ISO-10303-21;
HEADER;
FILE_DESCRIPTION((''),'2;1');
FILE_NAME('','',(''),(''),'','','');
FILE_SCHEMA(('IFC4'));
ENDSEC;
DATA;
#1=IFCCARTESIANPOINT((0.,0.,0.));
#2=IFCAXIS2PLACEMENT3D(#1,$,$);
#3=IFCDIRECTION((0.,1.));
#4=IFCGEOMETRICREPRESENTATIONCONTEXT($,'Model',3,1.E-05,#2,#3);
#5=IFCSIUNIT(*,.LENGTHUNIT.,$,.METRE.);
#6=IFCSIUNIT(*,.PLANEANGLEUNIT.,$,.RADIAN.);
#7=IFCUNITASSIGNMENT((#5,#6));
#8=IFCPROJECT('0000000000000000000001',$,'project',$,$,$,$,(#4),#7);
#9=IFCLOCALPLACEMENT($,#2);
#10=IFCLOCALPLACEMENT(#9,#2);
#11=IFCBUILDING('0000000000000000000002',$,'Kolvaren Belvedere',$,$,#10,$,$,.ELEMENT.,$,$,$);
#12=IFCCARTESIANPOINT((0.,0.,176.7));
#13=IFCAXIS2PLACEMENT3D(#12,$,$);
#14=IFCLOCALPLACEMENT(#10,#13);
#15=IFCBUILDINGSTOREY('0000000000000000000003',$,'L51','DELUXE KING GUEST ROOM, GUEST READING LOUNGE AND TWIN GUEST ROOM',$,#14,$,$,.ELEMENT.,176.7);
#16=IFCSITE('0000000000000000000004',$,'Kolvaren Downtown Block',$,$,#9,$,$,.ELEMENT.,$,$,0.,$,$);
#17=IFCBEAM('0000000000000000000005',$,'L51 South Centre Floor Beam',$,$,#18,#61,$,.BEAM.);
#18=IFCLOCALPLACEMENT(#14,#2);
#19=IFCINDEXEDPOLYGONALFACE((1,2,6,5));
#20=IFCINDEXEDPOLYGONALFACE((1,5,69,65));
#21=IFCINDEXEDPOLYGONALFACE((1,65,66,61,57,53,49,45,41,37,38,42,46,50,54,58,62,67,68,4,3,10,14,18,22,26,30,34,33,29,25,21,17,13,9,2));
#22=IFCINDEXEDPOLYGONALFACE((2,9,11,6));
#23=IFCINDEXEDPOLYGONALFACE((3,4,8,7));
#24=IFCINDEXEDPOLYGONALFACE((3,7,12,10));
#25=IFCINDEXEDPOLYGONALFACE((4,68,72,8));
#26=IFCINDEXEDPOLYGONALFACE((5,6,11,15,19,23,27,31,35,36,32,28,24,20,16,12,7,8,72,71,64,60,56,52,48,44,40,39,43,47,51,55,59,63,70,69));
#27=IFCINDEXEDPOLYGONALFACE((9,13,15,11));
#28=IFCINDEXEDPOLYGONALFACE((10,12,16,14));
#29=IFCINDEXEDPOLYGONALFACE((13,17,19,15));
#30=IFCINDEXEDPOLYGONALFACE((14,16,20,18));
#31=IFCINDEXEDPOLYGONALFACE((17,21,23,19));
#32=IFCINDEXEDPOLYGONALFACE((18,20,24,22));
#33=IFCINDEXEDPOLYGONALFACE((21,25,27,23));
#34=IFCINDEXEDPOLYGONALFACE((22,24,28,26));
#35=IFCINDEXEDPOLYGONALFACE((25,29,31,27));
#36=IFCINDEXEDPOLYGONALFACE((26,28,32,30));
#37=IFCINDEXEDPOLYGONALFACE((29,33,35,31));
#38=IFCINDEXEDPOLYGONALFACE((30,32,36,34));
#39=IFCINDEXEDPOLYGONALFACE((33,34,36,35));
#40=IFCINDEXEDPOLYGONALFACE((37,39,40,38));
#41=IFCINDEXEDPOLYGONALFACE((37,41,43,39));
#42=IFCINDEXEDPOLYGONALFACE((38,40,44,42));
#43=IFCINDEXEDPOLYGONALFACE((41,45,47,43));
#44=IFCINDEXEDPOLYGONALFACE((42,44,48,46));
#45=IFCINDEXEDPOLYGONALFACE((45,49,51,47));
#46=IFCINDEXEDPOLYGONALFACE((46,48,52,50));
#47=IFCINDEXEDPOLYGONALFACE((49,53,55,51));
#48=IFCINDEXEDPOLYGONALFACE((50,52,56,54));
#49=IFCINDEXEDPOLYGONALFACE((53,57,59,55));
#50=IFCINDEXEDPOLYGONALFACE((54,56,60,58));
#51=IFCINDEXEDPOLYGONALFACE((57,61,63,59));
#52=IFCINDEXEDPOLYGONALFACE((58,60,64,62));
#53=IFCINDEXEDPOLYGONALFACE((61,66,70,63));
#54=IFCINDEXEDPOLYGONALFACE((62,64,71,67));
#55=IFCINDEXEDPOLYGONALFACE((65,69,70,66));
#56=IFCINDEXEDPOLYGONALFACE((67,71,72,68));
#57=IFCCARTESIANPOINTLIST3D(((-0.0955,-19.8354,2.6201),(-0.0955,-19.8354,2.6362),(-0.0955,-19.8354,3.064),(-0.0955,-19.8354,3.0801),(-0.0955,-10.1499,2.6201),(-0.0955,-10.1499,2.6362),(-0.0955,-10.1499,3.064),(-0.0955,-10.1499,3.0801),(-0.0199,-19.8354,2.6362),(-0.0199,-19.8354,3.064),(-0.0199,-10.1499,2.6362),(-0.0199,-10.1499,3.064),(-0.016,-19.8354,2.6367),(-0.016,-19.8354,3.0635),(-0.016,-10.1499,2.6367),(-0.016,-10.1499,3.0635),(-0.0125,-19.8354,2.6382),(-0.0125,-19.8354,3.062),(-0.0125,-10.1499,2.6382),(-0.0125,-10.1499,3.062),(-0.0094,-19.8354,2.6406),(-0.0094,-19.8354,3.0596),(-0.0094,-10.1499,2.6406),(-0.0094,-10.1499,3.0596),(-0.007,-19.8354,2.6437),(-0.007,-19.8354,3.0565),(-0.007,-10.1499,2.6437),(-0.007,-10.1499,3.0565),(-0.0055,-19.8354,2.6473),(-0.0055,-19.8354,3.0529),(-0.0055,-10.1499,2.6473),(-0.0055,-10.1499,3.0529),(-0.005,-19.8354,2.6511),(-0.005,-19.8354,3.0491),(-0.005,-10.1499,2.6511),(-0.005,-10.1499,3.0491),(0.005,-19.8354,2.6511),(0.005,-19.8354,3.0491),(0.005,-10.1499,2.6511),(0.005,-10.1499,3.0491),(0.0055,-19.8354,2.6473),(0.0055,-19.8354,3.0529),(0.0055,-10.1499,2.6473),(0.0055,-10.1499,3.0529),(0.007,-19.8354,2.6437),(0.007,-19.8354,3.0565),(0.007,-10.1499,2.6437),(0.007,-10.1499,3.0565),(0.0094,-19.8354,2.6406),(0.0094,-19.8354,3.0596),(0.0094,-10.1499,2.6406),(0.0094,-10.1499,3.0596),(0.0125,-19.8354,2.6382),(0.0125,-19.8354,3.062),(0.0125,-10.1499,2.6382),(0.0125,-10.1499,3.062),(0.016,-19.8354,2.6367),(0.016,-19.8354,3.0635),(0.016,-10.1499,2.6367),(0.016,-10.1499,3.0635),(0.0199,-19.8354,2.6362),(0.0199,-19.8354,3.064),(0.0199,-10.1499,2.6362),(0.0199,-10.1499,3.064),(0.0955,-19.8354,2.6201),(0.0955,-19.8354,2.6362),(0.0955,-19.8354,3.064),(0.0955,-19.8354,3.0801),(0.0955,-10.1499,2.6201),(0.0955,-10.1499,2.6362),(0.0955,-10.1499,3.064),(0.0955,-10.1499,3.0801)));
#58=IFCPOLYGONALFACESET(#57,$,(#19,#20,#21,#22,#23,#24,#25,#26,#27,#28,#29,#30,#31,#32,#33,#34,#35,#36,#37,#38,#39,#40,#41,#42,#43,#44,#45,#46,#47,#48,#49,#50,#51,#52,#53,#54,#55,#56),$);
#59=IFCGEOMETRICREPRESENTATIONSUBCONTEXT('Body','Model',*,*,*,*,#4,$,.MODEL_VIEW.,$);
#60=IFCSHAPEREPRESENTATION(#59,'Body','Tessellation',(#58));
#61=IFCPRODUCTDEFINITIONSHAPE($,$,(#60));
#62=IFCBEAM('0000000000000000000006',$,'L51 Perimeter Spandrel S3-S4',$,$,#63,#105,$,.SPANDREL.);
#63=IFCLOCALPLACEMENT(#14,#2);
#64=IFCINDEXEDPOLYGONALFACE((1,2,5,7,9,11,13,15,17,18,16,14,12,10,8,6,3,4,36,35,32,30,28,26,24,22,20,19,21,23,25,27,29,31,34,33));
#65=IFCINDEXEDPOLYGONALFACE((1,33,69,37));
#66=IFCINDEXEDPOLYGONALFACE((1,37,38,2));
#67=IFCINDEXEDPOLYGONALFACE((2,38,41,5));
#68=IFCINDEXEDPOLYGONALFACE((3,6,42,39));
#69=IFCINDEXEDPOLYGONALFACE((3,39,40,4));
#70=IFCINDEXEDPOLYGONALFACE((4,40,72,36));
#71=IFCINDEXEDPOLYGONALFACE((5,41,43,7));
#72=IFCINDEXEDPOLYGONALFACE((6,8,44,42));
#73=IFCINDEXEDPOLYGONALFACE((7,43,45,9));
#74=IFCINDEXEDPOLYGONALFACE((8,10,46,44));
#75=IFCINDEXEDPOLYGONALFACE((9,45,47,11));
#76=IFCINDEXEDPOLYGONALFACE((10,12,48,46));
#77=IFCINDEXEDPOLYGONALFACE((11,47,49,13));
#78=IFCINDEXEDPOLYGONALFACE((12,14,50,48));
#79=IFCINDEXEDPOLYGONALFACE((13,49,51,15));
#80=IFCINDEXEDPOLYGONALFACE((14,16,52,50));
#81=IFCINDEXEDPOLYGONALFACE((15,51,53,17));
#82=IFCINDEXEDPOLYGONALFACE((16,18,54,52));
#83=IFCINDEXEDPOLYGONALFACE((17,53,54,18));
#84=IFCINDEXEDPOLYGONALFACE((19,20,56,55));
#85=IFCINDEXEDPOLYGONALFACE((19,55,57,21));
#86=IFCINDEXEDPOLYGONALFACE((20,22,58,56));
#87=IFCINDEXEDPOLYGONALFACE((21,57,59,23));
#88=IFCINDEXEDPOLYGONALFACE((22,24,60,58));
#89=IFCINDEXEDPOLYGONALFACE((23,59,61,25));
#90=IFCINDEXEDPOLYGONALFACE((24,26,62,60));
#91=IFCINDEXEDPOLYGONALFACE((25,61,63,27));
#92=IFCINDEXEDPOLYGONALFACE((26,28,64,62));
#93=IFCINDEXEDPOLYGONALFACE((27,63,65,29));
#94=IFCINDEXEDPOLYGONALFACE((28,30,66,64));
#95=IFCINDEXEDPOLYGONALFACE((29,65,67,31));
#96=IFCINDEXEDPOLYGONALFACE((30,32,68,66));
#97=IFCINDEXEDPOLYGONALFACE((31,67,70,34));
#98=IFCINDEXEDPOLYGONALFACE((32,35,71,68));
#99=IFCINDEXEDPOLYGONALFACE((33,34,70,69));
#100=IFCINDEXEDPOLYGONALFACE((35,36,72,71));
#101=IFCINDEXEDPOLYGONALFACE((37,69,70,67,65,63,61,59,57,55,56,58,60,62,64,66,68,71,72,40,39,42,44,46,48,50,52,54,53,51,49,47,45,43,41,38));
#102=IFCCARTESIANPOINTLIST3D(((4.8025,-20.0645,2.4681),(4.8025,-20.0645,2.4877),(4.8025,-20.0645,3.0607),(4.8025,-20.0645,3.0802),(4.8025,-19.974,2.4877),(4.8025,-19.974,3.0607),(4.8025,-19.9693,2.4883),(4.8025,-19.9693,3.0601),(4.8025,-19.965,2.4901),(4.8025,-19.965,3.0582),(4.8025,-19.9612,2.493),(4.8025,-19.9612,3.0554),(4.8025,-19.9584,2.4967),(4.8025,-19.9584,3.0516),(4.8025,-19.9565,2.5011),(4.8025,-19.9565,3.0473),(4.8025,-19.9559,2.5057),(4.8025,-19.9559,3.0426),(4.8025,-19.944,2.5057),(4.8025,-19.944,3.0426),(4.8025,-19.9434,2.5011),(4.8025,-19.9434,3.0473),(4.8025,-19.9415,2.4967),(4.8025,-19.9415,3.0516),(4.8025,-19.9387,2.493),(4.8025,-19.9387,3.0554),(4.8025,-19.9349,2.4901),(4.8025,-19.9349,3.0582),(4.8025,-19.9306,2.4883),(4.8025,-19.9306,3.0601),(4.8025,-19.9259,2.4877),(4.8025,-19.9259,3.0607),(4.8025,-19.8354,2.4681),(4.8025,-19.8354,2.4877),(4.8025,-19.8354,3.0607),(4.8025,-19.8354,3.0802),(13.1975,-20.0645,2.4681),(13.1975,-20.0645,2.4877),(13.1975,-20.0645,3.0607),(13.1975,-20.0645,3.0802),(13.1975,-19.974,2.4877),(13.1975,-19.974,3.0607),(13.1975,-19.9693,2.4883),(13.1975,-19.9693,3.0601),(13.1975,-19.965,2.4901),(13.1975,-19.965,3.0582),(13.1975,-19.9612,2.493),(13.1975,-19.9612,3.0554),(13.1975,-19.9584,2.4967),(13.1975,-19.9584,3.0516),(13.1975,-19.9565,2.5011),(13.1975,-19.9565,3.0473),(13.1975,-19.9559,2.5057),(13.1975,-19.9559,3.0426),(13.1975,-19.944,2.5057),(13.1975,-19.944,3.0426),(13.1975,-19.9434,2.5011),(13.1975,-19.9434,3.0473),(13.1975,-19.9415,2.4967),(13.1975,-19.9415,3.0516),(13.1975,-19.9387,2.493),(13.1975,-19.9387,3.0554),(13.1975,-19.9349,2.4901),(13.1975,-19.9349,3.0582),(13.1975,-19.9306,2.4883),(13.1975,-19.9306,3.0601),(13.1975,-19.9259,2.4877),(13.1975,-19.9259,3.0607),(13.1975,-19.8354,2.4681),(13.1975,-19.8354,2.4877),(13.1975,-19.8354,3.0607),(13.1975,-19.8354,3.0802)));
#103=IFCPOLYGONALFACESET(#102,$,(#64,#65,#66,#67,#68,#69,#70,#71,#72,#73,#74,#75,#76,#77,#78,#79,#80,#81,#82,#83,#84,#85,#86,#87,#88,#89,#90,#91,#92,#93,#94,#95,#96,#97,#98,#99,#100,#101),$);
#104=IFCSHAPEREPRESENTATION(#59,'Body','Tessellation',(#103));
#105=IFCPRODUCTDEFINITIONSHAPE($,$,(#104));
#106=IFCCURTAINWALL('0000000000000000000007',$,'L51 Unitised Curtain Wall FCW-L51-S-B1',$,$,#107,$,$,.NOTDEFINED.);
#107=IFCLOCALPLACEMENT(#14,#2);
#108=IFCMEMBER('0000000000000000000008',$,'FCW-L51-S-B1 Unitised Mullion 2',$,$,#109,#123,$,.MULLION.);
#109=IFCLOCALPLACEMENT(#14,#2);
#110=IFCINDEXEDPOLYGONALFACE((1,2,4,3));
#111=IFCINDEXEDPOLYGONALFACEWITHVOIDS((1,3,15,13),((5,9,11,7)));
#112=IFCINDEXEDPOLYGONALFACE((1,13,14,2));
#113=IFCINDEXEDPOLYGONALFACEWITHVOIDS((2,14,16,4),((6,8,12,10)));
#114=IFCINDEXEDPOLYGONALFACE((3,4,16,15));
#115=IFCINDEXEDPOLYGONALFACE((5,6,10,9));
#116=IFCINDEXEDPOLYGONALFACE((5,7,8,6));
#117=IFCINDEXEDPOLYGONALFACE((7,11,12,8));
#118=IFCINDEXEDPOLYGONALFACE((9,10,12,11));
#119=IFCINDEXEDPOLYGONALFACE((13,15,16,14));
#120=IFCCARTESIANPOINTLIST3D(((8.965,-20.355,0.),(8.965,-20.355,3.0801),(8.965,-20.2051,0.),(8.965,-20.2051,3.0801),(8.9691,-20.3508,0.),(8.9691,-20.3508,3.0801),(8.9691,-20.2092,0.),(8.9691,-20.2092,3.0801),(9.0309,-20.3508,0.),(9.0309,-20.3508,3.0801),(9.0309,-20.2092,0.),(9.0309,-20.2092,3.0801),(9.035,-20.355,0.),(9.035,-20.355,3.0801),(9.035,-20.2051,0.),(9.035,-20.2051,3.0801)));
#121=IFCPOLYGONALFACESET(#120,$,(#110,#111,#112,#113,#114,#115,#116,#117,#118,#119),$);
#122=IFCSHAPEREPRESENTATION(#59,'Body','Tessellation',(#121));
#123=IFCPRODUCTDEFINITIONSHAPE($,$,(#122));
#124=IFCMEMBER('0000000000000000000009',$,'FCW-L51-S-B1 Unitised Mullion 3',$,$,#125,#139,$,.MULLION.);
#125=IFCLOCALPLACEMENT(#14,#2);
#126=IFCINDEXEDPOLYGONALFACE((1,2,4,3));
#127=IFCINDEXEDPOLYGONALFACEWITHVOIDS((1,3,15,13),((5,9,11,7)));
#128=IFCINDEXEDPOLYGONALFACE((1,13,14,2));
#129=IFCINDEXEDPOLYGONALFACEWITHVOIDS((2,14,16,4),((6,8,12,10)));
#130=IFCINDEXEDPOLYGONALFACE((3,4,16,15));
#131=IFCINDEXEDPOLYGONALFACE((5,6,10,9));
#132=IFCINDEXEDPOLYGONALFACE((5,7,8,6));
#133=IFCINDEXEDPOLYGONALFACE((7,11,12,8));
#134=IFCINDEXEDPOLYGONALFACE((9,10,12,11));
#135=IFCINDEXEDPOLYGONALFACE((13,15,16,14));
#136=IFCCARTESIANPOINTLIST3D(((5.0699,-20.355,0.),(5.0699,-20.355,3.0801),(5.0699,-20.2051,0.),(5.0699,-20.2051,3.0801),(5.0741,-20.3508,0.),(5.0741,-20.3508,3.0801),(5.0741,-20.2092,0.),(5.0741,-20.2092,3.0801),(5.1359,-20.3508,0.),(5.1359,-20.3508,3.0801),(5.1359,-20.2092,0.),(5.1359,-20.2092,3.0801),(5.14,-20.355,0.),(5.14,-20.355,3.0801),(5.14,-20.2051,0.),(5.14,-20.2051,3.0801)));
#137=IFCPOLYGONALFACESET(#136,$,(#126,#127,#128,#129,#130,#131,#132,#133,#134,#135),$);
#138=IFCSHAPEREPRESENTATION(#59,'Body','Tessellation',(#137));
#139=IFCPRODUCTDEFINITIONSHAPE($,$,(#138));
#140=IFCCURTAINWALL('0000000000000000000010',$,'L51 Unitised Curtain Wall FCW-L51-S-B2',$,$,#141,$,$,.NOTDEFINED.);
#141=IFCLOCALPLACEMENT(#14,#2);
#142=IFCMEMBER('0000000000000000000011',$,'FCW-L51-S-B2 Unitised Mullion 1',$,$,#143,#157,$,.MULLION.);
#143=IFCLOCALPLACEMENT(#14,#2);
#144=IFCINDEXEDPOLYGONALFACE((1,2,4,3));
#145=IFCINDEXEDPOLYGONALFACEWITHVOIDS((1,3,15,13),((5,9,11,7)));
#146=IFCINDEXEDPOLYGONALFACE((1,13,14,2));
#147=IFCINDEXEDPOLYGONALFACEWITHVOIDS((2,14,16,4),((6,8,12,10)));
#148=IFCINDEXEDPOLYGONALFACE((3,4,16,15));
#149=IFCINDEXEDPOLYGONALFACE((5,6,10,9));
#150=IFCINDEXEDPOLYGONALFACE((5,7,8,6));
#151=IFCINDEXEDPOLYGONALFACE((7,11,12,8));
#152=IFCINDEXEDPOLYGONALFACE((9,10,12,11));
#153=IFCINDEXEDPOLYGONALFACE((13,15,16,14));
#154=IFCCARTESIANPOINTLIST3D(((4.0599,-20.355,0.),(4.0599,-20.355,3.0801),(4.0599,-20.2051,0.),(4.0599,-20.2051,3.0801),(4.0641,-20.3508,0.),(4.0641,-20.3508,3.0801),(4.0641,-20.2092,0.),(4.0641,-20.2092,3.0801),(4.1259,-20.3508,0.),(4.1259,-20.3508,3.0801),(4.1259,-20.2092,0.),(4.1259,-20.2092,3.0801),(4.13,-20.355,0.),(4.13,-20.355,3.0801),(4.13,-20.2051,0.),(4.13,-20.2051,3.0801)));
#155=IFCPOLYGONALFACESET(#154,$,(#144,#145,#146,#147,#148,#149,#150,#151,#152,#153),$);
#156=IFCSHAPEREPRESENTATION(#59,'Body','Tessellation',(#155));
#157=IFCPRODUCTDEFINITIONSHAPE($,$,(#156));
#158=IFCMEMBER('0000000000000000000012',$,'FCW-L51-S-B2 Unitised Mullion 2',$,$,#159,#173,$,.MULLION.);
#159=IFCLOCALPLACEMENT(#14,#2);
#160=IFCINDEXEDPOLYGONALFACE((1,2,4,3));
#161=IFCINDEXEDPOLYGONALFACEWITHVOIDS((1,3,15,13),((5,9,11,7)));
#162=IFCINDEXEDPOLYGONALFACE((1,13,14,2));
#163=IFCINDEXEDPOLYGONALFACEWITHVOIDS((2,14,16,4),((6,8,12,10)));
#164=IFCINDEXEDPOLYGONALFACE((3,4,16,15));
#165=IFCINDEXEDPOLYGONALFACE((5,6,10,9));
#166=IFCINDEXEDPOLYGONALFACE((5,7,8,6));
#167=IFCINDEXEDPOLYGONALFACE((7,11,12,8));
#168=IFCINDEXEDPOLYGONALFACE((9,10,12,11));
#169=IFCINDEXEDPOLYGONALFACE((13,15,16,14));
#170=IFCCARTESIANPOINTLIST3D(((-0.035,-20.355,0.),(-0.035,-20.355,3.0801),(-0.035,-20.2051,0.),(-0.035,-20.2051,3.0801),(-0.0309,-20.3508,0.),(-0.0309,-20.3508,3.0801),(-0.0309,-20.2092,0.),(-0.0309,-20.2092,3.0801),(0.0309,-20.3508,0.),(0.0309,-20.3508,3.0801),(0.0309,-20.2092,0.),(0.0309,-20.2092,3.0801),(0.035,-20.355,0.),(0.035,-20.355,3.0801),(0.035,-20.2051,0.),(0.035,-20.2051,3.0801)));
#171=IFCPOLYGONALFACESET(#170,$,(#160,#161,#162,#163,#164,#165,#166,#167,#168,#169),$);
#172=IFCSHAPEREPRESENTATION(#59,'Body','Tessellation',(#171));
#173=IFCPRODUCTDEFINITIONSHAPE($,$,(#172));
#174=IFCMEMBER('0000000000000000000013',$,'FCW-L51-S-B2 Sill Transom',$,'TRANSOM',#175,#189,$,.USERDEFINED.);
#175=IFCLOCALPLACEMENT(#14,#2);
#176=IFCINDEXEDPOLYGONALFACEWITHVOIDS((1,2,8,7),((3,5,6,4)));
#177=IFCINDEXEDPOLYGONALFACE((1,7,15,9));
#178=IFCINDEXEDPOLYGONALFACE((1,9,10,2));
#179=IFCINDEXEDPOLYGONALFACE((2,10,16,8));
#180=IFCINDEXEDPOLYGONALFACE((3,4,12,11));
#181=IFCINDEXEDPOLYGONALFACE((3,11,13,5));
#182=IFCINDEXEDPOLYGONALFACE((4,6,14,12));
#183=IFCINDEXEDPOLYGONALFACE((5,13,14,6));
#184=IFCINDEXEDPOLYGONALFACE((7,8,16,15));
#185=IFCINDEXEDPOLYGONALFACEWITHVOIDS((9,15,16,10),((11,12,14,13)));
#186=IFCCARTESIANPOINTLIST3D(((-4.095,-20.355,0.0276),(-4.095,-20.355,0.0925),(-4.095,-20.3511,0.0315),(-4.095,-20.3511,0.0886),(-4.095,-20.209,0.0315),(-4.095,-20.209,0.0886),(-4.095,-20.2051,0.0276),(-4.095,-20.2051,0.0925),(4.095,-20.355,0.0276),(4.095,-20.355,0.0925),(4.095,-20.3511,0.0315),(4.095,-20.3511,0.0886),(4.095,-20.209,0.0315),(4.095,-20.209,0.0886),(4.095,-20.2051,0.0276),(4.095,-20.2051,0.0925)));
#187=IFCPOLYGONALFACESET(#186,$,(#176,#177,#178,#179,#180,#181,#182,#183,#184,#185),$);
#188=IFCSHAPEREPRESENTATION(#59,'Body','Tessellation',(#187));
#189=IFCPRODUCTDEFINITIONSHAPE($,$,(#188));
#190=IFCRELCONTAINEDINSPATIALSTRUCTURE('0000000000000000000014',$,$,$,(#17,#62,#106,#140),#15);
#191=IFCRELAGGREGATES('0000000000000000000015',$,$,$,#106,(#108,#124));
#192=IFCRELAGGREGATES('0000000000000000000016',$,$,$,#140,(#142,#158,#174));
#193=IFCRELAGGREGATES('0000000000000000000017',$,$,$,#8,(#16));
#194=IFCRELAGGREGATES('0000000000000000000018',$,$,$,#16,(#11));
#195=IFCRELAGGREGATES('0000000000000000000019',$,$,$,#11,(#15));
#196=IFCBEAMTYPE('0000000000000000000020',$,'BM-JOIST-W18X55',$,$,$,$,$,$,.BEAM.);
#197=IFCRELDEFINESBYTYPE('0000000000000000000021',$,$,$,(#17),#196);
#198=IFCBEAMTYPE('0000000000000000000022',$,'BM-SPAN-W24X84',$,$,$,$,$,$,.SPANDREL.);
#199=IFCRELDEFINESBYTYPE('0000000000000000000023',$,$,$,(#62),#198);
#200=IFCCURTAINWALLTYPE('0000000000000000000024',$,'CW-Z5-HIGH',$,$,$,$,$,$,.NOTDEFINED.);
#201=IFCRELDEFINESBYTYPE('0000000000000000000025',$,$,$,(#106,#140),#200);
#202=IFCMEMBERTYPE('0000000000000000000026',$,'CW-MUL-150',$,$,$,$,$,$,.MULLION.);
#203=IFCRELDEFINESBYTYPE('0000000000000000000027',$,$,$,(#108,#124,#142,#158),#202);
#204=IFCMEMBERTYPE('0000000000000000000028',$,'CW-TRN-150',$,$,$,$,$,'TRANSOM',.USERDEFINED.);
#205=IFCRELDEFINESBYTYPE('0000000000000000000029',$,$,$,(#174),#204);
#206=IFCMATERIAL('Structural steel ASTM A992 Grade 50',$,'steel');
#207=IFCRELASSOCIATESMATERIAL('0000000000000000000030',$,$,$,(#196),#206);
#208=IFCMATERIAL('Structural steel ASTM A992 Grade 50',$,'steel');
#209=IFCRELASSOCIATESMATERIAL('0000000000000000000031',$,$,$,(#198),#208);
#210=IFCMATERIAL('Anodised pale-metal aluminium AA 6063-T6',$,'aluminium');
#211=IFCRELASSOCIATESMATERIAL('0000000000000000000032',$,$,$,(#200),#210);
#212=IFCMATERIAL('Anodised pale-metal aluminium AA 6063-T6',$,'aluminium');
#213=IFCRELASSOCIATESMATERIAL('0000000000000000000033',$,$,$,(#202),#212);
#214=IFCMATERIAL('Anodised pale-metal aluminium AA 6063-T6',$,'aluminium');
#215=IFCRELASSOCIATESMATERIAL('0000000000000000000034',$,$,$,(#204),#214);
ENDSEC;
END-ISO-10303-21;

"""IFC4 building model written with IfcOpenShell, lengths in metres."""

from ifc_helpers import new_model, si_unit, direction, frame, origin, origin_2d, place, context, subcontext, project, spatial, hollow_rectangle, i_section, extrude, material, material_profile, profile_set, type_object, element, aggregate, save


model = new_model("IFC4")

# Units and contexts
model_context = context("Model", 3, precision=1e-05, world=origin(), true_north=direction((0.0, 1.0)))
body_context = subcontext(model_context, "Body", "Model", "MODEL_VIEW")
ifc_project = project(units=[si_unit("LENGTHUNIT", "METRE"), si_unit("PLANEANGLEUNIT", "RADIAN")], contexts=[model_context])

# Site, building, storey
site_placement = place(None, origin())
site = spatial("IfcSite", under=ifc_project, at=site_placement, Name="Kolvaren Downtown Block", CompositionType="ELEMENT", RefElevation=0.0)
building_placement = place(site_placement, origin())
building = spatial("IfcBuilding", under=site, at=building_placement, Name="Kolvaren Belvedere", CompositionType="ELEMENT")
storey_placement = place(building_placement, frame((0.0, 0.0, 176.7)))
storey = spatial("IfcBuildingStorey", under=building, at=storey_placement, Name="L51", Description="DELUXE KING GUEST ROOM, GUEST READING LOUNGE AND TWIN GUEST ROOM", CompositionType="ELEMENT", Elevation=176.7)

# Beams
ifc_material_1 = material(Name="Structural steel ASTM A992 Grade 50", Category="steel")
ifc_material_profile_1 = material_profile(ifc_material_1, i_section(OverallWidth=0.1909, OverallDepth=0.46, WebThickness=0.01, FlangeThickness=0.0161, FilletRadius=0.0149, at=origin_2d()), Name="W18X55")
ifc_profile_set_1 = profile_set([ifc_material_profile_1], Name="Structural steel ASTM A992 Grade 50")
beam_type_1 = type_object("IfcBeamType", Name="BM-JOIST-W18X55", PredefinedType="BEAM", material=ifc_profile_set_1)
beam_1_placement = place(storey_placement, frame((0.0, -10.1499, 2.8501), z_axis=(0.0, -1.0, 0.0), x_axis=(1.0, 0.0, 0.0)))
element("IfcBeam", 1, at=beam_1_placement, inside=storey, type_object=beam_type_1, Name="L51 South Centre Floor Beam", PredefinedType="BEAM", context=body_context, shape_type="SweptSolid", body=[
    extrude(i_section(OverallWidth=0.1909, OverallDepth=0.46, WebThickness=0.01, FlangeThickness=0.0161, FilletRadius=0.0149, at=origin_2d()), origin(), (0.0, 0.0, 1.0), 9.6855),
])
ifc_material_2 = material(Name="Structural steel ASTM A992 Grade 50", Category="steel")
ifc_material_profile_2 = material_profile(ifc_material_2, i_section(OverallWidth=0.229, OverallDepth=0.6121, WebThickness=0.012, FlangeThickness=0.0195, FilletRadius=0.0181, at=origin_2d()), Name="W24X84")
ifc_profile_set_2 = profile_set([ifc_material_profile_2], Name="Structural steel ASTM A992 Grade 50")
beam_type_2 = type_object("IfcBeamType", Name="BM-SPAN-W24X84", PredefinedType="SPANDREL", material=ifc_profile_set_2)
beam_2_placement = place(storey_placement, frame((4.8025, -19.95, 2.7742), z_axis=(1.0, 0.0, 0.0), x_axis=(0.0, 1.0, 0.0)))
element("IfcBeam", 2, at=beam_2_placement, inside=storey, type_object=beam_type_2, Name="L51 Perimeter Spandrel S3-S4", PredefinedType="SPANDREL", context=body_context, shape_type="SweptSolid", body=[
    extrude(i_section(OverallWidth=0.229, OverallDepth=0.6121, WebThickness=0.012, FlangeThickness=0.0195, FilletRadius=0.0181, at=origin_2d()), origin(), (0.0, 0.0, 1.0), 8.395),
])

# Curtain walls, members
ifc_material_3 = material(Name="Anodised pale-metal aluminium AA 6063-T6", Category="aluminium")
curtain_wall_type = type_object("IfcCurtainWallType", Name="CW-Z5-HIGH", PredefinedType="NOTDEFINED", material=ifc_material_3)
curtain_wall_1_placement = place(storey_placement, origin())
curtain_wall_1 = element("IfcCurtainWall", 3, at=curtain_wall_1_placement, inside=storey, type_object=curtain_wall_type, Name="L51 Unitised Curtain Wall FCW-L51-S-B1", PredefinedType="NOTDEFINED")
ifc_material_4 = material(Name="Anodised pale-metal aluminium AA 6063-T6", Category="aluminium")
ifc_material_profile_3 = material_profile(ifc_material_4, hollow_rectangle(XDim=0.0701, YDim=0.1499, WallThickness=0.0042, at=origin_2d()), Name="ALU-MUL-150X70")
ifc_profile_set_3 = profile_set([ifc_material_profile_3], Name="Anodised pale-metal aluminium AA 6063-T6")
member_type_1 = type_object("IfcMemberType", Name="CW-MUL-150", PredefinedType="MULLION", material=ifc_profile_set_3)
member_1_placement = place(storey_placement, frame((9.0, -20.28, 0.0), z_axis=(0.0, 0.0, 1.0), x_axis=(1.0, 0.0, 0.0)))
member_1 = element("IfcMember", 4, at=member_1_placement, type_object=member_type_1, Name="FCW-L51-S-B1 Unitised Mullion 2", PredefinedType="MULLION", context=body_context, shape_type="SweptSolid", body=[
    extrude(hollow_rectangle(XDim=0.0701, YDim=0.1499, WallThickness=0.0042, at=origin_2d()), origin(), (0.0, 0.0, 1.0), 3.0801),
])
member_2_placement = place(storey_placement, frame((5.105, -20.28, 0.0), z_axis=(0.0, 0.0, 1.0), x_axis=(1.0, 0.0, 0.0)))
member_2 = element("IfcMember", 5, at=member_2_placement, type_object=member_type_1, Name="FCW-L51-S-B1 Unitised Mullion 3", PredefinedType="MULLION", context=body_context, shape_type="SweptSolid", body=[
    extrude(hollow_rectangle(XDim=0.0701, YDim=0.1499, WallThickness=0.0042, at=origin_2d()), origin(), (0.0, 0.0, 1.0), 3.0801),
])
curtain_wall_2_placement = place(storey_placement, origin())
curtain_wall_2 = element("IfcCurtainWall", 6, at=curtain_wall_2_placement, inside=storey, type_object=curtain_wall_type, Name="L51 Unitised Curtain Wall FCW-L51-S-B2", PredefinedType="NOTDEFINED")
member_3_placement = place(storey_placement, frame((4.095, -20.28, 0.0), z_axis=(0.0, 0.0, 1.0), x_axis=(1.0, 0.0, 0.0)))
member_3 = element("IfcMember", 7, at=member_3_placement, type_object=member_type_1, Name="FCW-L51-S-B2 Unitised Mullion 1", PredefinedType="MULLION", context=body_context, shape_type="SweptSolid", body=[
    extrude(hollow_rectangle(XDim=0.0701, YDim=0.1499, WallThickness=0.0042, at=origin_2d()), origin(), (0.0, 0.0, 1.0), 3.0801),
])
member_4_placement = place(storey_placement, frame((0.0, -20.28, 0.0), z_axis=(0.0, 0.0, 1.0), x_axis=(1.0, 0.0, 0.0)))
member_4 = element("IfcMember", 8, at=member_4_placement, type_object=member_type_1, Name="FCW-L51-S-B2 Unitised Mullion 2", PredefinedType="MULLION", context=body_context, shape_type="SweptSolid", body=[
    extrude(hollow_rectangle(XDim=0.0701, YDim=0.1499, WallThickness=0.0042, at=origin_2d()), origin(), (0.0, 0.0, 1.0), 3.0801),
])
ifc_material_5 = material(Name="Anodised pale-metal aluminium AA 6063-T6", Category="aluminium")
ifc_material_profile_4 = material_profile(ifc_material_5, hollow_rectangle(XDim=0.0649, YDim=0.1499, WallThickness=0.0039, at=origin_2d()), Name="ALU-TRN-150X65")
ifc_profile_set_4 = profile_set([ifc_material_profile_4], Name="Anodised pale-metal aluminium AA 6063-T6")
member_type_2 = type_object("IfcMemberType", Name="CW-TRN-150", ElementType="TRANSOM", PredefinedType="USERDEFINED", material=ifc_profile_set_4)
member_5_placement = place(storey_placement, frame((4.095, -20.28, 0.0601), z_axis=(-1.0, 0.0, 0.0), x_axis=(0.0, 0.0, 1.0)))
member_5 = element("IfcMember", 9, at=member_5_placement, type_object=member_type_2, Name="FCW-L51-S-B2 Sill Transom", ObjectType="TRANSOM", PredefinedType="USERDEFINED", context=body_context, shape_type="SweptSolid", body=[
    extrude(hollow_rectangle(XDim=0.0649, YDim=0.1499, WallThickness=0.0039, at=origin_2d()), origin(), (0.0, 0.0, 1.0), 8.1899),
])

aggregate(curtain_wall_1, [member_1, member_2])
aggregate(curtain_wall_2, [member_3, member_4, member_5])

save(model, "model.ifc")
